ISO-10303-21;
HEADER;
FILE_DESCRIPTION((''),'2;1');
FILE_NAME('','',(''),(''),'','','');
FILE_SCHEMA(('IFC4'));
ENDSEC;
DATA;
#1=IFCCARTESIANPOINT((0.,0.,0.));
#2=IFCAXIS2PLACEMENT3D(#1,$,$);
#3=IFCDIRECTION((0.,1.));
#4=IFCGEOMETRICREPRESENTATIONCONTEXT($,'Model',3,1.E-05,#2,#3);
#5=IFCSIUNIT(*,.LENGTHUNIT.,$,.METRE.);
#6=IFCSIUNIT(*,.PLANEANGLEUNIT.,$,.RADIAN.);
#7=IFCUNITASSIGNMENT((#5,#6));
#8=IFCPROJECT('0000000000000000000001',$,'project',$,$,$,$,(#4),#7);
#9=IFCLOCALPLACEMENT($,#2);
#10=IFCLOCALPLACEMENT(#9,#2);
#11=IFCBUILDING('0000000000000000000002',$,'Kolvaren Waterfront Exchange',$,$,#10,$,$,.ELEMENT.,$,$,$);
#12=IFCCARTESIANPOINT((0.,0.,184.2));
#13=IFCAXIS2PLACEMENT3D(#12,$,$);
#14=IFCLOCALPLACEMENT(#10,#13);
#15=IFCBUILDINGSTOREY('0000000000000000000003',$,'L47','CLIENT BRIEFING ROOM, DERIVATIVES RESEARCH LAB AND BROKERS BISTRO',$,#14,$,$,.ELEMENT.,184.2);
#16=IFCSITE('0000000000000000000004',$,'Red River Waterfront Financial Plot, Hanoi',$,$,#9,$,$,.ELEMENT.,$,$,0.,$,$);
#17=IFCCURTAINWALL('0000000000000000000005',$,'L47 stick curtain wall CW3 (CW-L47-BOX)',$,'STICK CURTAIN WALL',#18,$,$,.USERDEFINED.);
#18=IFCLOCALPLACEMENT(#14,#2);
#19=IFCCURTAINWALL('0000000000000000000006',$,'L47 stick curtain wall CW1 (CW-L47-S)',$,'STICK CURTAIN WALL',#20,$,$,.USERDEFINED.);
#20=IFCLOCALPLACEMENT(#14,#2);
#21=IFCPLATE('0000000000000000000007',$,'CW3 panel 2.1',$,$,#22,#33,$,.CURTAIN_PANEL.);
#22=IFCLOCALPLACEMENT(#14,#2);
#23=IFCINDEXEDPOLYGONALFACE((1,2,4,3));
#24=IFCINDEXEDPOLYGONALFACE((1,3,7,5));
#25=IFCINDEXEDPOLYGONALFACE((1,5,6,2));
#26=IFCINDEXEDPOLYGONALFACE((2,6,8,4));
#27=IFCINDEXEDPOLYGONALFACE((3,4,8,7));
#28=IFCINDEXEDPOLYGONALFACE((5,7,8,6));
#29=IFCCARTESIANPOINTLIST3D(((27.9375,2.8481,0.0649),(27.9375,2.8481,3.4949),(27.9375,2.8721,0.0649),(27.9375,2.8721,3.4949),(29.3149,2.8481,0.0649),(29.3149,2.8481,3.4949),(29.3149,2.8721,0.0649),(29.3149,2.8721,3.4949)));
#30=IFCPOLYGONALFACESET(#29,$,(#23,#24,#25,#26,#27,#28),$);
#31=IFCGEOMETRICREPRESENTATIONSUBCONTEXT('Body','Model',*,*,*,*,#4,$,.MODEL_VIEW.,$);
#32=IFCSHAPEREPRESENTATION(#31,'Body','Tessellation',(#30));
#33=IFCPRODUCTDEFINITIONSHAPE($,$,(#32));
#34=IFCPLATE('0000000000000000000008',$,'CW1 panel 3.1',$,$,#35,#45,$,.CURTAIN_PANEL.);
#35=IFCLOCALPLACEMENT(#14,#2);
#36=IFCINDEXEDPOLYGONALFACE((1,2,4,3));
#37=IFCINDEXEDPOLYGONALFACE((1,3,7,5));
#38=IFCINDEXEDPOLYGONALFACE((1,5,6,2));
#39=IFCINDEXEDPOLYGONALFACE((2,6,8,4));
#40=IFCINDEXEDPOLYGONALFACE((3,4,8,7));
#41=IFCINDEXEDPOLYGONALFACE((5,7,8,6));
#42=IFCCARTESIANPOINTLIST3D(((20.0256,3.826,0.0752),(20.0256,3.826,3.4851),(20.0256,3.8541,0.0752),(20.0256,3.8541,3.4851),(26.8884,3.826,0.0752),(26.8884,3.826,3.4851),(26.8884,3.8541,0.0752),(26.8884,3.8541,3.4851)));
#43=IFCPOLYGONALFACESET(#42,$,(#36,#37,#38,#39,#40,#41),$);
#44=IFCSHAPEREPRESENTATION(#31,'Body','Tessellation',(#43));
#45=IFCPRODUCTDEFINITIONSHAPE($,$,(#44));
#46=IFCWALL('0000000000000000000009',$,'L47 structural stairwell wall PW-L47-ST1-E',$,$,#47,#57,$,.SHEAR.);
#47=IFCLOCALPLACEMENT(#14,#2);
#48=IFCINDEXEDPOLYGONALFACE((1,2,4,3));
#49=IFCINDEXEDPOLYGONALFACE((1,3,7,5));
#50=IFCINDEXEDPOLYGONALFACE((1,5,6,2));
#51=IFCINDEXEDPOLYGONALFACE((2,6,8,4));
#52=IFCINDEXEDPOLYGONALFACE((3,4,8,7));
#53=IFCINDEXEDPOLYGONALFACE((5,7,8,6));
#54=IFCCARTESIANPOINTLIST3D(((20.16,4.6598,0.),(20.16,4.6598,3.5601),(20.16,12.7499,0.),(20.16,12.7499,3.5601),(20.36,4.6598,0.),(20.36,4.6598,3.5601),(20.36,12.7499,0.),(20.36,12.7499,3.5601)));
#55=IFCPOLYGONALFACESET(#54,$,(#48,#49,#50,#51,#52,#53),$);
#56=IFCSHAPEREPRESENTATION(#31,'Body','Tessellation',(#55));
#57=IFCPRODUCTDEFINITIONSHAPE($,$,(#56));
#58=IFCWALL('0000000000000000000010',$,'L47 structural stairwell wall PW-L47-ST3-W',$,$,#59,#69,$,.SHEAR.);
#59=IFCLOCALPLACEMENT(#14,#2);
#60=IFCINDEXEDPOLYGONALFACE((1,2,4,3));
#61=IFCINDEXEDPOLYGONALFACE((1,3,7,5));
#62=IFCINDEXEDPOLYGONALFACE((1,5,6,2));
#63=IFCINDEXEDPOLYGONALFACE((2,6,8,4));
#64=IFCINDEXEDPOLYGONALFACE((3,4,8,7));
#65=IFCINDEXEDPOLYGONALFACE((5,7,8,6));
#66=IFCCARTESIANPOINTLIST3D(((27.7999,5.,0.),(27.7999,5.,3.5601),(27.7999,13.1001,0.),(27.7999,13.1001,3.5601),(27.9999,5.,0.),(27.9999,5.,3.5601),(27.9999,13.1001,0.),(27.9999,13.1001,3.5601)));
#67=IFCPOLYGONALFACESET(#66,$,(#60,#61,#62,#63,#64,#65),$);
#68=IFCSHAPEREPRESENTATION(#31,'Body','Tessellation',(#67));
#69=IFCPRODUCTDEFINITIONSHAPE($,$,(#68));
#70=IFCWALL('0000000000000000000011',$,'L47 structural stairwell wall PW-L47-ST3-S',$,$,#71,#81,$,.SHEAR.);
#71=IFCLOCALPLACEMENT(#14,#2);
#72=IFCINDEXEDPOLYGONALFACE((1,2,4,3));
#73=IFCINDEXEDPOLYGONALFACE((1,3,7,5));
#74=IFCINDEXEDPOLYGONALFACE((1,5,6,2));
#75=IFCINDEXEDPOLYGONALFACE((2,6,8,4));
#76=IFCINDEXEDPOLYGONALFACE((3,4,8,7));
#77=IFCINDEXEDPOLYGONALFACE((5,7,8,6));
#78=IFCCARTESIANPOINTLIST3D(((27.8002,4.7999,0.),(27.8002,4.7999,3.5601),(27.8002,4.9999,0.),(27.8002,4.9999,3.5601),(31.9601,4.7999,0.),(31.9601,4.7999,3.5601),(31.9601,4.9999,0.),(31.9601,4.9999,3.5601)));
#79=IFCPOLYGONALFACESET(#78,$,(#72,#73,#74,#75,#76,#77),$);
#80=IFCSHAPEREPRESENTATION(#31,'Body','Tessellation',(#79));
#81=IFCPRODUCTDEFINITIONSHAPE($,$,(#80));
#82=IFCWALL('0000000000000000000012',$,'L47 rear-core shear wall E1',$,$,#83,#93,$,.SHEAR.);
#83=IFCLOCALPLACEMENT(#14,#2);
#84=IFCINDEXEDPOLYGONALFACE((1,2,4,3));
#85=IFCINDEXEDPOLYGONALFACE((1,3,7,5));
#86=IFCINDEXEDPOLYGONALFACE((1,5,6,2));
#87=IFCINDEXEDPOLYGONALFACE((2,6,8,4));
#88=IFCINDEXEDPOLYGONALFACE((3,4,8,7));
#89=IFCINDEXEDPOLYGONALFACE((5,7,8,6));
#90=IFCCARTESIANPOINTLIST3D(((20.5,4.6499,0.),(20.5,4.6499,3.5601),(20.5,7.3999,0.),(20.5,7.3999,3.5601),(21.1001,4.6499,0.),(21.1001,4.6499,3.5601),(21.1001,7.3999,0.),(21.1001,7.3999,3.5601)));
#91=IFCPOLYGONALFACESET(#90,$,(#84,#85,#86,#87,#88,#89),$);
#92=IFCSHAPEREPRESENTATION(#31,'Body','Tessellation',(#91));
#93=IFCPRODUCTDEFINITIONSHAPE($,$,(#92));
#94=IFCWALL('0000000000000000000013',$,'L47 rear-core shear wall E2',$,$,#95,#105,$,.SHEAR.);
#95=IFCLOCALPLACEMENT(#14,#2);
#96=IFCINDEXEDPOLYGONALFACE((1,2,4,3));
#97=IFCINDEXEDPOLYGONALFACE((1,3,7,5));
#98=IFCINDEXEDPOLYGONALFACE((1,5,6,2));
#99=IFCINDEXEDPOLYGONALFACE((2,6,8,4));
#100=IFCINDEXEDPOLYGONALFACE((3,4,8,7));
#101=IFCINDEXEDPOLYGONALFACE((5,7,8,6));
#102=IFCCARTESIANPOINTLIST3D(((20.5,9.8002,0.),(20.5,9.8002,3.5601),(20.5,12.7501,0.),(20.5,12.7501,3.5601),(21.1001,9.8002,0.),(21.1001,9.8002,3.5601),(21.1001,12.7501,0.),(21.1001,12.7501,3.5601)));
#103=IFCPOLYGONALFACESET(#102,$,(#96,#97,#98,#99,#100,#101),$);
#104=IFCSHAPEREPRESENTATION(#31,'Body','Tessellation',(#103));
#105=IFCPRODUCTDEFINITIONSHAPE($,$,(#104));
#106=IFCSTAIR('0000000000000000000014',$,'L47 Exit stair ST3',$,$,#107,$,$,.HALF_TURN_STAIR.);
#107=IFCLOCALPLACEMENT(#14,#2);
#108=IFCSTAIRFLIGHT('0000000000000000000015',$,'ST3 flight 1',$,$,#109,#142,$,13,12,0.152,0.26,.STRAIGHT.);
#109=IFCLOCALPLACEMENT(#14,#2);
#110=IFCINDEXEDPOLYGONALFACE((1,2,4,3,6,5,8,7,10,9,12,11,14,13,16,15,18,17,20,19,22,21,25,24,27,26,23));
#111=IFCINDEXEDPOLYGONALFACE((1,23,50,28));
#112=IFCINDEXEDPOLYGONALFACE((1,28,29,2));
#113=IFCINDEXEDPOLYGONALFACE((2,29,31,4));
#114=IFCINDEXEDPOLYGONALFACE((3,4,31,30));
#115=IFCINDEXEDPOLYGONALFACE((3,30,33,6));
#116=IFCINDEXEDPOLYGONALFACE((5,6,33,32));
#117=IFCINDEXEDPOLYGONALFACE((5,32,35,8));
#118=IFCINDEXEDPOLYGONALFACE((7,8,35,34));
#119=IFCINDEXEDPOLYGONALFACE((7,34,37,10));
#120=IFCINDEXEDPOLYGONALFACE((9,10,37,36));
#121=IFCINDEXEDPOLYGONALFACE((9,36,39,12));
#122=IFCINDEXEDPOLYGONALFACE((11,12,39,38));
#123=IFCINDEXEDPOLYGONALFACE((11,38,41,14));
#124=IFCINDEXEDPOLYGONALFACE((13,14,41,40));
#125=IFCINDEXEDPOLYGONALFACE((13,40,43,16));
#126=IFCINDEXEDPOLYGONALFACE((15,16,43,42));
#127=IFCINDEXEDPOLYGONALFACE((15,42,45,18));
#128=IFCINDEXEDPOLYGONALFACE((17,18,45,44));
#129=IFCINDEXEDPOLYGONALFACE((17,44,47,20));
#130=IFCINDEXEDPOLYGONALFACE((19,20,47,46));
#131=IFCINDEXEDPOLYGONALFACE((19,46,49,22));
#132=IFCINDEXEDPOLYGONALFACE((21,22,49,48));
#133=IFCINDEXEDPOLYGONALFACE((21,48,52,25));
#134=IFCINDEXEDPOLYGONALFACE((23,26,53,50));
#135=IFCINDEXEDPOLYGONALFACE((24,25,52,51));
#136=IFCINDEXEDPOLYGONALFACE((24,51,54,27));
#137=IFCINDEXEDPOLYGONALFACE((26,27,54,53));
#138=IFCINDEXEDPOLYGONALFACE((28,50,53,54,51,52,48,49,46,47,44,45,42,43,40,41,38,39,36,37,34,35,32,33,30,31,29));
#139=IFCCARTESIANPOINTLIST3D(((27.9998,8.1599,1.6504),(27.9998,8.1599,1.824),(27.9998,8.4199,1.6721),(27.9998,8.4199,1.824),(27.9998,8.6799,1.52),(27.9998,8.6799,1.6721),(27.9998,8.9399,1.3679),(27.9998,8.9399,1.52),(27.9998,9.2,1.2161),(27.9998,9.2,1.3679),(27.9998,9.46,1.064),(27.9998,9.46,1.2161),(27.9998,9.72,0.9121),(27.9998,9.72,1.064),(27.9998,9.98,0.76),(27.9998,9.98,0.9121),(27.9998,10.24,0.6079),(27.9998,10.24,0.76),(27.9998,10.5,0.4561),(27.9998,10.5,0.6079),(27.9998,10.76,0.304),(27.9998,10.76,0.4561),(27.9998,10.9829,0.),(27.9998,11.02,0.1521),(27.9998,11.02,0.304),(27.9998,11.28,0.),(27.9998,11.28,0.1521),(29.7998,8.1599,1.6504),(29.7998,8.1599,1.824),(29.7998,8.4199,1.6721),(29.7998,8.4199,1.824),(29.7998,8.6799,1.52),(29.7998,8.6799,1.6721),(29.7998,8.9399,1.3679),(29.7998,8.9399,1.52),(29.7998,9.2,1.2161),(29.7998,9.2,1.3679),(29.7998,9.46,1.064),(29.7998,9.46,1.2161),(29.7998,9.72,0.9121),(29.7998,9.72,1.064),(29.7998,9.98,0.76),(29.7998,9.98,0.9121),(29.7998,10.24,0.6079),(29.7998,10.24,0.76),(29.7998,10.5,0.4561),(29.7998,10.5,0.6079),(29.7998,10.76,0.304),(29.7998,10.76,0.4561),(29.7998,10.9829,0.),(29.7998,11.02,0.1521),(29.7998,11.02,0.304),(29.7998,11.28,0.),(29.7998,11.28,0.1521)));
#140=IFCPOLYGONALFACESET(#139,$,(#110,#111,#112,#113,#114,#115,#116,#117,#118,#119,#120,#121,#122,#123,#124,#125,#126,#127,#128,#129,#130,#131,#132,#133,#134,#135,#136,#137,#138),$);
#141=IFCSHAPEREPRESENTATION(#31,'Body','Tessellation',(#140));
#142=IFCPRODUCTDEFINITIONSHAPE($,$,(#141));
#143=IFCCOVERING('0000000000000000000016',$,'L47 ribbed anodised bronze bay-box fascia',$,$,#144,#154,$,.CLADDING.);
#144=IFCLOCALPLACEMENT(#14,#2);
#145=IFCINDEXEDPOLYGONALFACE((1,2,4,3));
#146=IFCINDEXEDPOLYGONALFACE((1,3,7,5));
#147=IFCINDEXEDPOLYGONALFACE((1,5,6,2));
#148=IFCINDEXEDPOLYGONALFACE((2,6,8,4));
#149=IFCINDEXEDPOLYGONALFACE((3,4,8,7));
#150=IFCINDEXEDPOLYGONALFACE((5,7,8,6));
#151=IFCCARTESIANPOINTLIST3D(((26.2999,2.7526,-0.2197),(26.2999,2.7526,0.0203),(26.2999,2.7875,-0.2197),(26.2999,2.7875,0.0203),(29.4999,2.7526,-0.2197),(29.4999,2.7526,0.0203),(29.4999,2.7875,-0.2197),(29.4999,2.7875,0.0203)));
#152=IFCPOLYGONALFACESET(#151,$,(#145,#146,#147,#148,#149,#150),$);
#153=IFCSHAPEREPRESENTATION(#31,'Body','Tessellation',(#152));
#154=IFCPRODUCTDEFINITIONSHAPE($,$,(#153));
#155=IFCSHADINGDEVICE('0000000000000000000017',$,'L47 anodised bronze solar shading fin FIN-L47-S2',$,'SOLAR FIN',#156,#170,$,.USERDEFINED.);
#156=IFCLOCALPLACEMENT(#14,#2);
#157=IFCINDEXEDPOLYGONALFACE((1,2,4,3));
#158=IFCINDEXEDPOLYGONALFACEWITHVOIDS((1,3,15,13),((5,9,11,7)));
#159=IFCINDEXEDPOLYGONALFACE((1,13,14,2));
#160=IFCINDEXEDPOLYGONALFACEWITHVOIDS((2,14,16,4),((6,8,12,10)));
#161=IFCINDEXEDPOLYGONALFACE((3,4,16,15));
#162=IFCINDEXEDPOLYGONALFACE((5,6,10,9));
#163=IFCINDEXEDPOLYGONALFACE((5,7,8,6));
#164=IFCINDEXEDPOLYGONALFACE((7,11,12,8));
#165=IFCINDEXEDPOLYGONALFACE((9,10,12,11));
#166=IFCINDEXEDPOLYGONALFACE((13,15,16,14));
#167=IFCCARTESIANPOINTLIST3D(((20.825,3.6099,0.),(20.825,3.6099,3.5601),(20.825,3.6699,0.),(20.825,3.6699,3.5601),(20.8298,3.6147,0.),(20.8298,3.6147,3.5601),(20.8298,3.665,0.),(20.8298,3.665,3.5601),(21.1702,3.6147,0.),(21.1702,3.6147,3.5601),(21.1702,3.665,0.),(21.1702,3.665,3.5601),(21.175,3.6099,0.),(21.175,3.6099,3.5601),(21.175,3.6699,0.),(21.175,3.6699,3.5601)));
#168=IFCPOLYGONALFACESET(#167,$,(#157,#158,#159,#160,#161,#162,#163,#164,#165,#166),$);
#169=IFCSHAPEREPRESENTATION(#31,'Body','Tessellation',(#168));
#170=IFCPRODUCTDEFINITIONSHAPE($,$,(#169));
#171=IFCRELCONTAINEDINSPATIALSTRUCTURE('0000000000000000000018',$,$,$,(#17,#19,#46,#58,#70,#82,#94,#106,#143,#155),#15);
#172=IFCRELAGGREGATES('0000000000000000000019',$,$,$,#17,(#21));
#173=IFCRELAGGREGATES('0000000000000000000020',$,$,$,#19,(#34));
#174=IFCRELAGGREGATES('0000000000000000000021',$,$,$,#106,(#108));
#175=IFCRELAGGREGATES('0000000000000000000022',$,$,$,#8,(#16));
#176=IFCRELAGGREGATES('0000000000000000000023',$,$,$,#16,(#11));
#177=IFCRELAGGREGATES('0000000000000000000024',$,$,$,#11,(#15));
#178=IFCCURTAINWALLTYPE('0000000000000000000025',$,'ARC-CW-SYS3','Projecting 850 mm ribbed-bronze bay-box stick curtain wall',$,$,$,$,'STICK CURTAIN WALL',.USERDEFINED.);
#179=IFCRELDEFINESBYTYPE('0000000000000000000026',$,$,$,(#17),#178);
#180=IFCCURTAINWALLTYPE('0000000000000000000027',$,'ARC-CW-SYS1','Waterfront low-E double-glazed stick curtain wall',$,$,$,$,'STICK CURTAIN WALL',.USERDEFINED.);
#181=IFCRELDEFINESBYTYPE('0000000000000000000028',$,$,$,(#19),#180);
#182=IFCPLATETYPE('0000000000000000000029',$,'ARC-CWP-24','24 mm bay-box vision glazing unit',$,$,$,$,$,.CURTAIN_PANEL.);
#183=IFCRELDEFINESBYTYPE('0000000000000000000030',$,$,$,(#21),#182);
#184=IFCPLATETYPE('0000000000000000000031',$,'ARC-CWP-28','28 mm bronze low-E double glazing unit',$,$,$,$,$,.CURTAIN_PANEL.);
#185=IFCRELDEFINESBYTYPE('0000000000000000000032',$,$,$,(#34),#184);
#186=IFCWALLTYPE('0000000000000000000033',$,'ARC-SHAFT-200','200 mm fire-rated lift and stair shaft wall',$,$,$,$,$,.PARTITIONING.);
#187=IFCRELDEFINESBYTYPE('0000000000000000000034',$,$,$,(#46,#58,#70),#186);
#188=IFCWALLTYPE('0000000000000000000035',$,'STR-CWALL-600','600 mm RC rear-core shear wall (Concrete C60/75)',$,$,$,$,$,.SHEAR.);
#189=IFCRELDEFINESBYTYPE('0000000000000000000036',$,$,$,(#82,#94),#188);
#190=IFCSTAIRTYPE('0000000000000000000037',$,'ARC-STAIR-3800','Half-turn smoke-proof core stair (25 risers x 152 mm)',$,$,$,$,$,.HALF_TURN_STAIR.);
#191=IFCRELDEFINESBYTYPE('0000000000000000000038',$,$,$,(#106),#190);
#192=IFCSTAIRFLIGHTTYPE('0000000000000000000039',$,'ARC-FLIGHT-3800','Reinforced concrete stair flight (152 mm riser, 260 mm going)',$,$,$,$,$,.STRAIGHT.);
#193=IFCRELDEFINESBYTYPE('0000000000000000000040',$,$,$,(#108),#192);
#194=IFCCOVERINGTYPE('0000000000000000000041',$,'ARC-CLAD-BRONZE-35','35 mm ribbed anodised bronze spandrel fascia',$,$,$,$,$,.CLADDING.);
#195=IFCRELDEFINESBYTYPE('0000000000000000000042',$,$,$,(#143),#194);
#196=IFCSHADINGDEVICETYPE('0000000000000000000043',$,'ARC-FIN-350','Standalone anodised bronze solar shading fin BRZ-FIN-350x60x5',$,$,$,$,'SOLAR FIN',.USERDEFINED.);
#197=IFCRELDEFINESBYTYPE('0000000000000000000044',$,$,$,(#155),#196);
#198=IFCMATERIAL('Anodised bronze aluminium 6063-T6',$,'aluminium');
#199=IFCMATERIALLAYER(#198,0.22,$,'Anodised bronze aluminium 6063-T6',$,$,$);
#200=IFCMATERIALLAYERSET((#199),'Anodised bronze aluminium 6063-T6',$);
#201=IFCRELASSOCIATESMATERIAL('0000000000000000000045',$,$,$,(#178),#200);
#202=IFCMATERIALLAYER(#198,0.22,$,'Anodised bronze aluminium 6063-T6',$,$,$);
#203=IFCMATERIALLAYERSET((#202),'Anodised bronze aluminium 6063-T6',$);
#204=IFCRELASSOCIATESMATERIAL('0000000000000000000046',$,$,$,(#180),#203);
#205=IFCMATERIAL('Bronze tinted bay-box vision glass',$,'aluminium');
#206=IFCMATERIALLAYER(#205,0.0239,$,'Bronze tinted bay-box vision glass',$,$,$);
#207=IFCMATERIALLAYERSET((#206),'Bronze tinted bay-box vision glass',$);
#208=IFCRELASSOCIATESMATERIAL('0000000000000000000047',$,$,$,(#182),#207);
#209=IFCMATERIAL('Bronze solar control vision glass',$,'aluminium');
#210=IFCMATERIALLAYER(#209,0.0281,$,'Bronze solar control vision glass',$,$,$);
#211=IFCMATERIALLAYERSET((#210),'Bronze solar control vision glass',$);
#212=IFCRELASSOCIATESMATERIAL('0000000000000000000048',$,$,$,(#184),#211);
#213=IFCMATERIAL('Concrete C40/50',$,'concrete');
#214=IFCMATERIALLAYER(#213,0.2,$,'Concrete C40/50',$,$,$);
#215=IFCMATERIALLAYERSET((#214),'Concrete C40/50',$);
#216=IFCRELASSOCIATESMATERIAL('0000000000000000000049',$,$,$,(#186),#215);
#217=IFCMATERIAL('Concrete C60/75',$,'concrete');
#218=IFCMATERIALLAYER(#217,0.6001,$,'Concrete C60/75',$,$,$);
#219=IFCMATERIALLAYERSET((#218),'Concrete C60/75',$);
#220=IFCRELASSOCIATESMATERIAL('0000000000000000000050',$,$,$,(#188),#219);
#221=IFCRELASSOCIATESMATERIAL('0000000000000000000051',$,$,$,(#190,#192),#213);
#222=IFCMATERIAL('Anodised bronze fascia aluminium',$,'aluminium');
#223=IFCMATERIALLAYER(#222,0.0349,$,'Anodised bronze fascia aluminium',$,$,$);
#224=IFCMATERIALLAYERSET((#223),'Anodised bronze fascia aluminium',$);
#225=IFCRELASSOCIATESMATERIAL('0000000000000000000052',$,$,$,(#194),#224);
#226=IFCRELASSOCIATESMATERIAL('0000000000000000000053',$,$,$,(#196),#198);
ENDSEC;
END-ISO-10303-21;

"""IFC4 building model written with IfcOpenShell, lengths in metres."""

from ifc_helpers import new_model, si_unit, direction, frame, frame_2d, origin, origin_with_axes, origin_2d, place, context, subcontext, project, spatial, polyline, rectangle, hollow_rectangle, outline, extrude, source, transform, mapped, material, layer, layer_set, material_profile, profile_set, type_object, element, aggregate, save


model = new_model("IFC4")

# Units and contexts
model_context = context("Model", 3, precision=1e-05, world=origin(), true_north=direction((0.0, 1.0)))
body_context = subcontext(model_context, "Body", "Model", "MODEL_VIEW")
ifc_project = project(units=[si_unit("LENGTHUNIT", "METRE"), si_unit("PLANEANGLEUNIT", "RADIAN")], contexts=[model_context])

# Site, building, storey
site_placement = place(None, origin())
site = spatial("IfcSite", under=ifc_project, at=site_placement, Name="Red River Waterfront Financial Plot, Hanoi", CompositionType="ELEMENT", RefElevation=0.0)
building_placement = place(site_placement, origin())
building = spatial("IfcBuilding", under=site, at=building_placement, Name="Kolvaren Waterfront Exchange", CompositionType="ELEMENT")
storey_placement = place(building_placement, frame((0.0, 0.0, 184.2)))
storey = spatial("IfcBuildingStorey", under=building, at=storey_placement, Name="L47", Description="CLIENT BRIEFING ROOM, DERIVATIVES RESEARCH LAB AND BROKERS BISTRO", CompositionType="ELEMENT", Elevation=184.2)

# Shared definitions
ifc_material_1 = material(Name="Concrete C60/75", Category="concrete")

# Curtain wall
ifc_material_2 = material(Name="Anodised bronze aluminium 6063-T6", Category="aluminium")
ifc_layer_1 = layer(ifc_material_2, 0.22, Name="Anodised bronze aluminium 6063-T6")
ifc_layer_set_1 = layer_set([ifc_layer_1], Name="Anodised bronze aluminium 6063-T6")
curtain_wall_type_1 = type_object("IfcCurtainWallType", Name="ARC-CW-SYS3", Description="Projecting 850 mm ribbed-bronze bay-box stick curtain wall", ElementType="STICK CURTAIN WALL", PredefinedType="USERDEFINED", material=ifc_layer_set_1)
curtain_wall_1_placement = place(storey_placement, origin())
curtain_wall_1 = element("IfcCurtainWall", 1, at=curtain_wall_1_placement, inside=storey, type_object=curtain_wall_type_1, Name="L47 stick curtain wall CW3 (CW-L47-BOX)", ObjectType="STICK CURTAIN WALL", PredefinedType="USERDEFINED")

# Curtain wall
ifc_layer_2 = layer(ifc_material_2, 0.22, Name="Anodised bronze aluminium 6063-T6")
ifc_layer_set_2 = layer_set([ifc_layer_2], Name="Anodised bronze aluminium 6063-T6")
curtain_wall_type_2 = type_object("IfcCurtainWallType", Name="ARC-CW-SYS1", Description="Waterfront low-E double-glazed stick curtain wall", ElementType="STICK CURTAIN WALL", PredefinedType="USERDEFINED", material=ifc_layer_set_2)
curtain_wall_2_placement = place(storey_placement, origin())
curtain_wall_2 = element("IfcCurtainWall", 2, at=curtain_wall_2_placement, inside=storey, type_object=curtain_wall_type_2, Name="L47 stick curtain wall CW1 (CW-L47-S)", ObjectType="STICK CURTAIN WALL", PredefinedType="USERDEFINED")

# Plates
ifc_material_3 = material(Name="Bronze tinted bay-box vision glass", Category="aluminium")
ifc_layer_3 = layer(ifc_material_3, 0.0239, Name="Bronze tinted bay-box vision glass")
ifc_layer_set_3 = layer_set([ifc_layer_3], Name="Bronze tinted bay-box vision glass")
plate_type_1 = type_object("IfcPlateType", Name="ARC-CWP-24", Description="24 mm bay-box vision glazing unit", PredefinedType="CURTAIN_PANEL", material=ifc_layer_set_3)
shared_shape_1 = source(origin_with_axes(), body_context, "Body", "SweptSolid", [
    extrude(rectangle(XDim=1.3774, YDim=0.0239, at=origin_2d()), origin(), (0.0, 0.0, 1.0), 3.4299),
])
plate_1_placement = place(storey_placement, frame((28.6262, 2.8601, 0.0649), z_axis=(0.0, 0.0, 1.0), x_axis=(1.0, 0.0, 0.0)))
plate_1 = element("IfcPlate", 3, at=plate_1_placement, type_object=plate_type_1, Name="CW3 panel 2.1", PredefinedType="CURTAIN_PANEL", context=body_context, shape_type="MappedRepresentation", body=[
    mapped(shared_shape_1, transform((0.0, 0.0, 0.0), x_axis=(1.0, 0.0, 0.0), y_axis=(0.0, 1.0, 0.0), z_axis=(0.0, 0.0, 1.0), scale=1.0)),
])
aggregate(curtain_wall_1, [plate_1])
ifc_material_4 = material(Name="Bronze solar control vision glass", Category="aluminium")
ifc_layer_4 = layer(ifc_material_4, 0.0281, Name="Bronze solar control vision glass")
ifc_layer_set_4 = layer_set([ifc_layer_4], Name="Bronze solar control vision glass")
plate_type_2 = type_object("IfcPlateType", Name="ARC-CWP-28", Description="28 mm bronze low-E double glazing unit", PredefinedType="CURTAIN_PANEL", material=ifc_layer_set_4)
shared_shape_2 = source(origin_with_axes(), body_context, "Body", "SweptSolid", [
    extrude(rectangle(XDim=6.8628, YDim=0.0281, at=origin_2d()), origin(), (0.0, 0.0, 1.0), 3.4099),
])
plate_2_placement = place(storey_placement, frame((23.457, 3.8401, 0.0752), z_axis=(0.0, 0.0, 1.0), x_axis=(1.0, 0.0, 0.0)))
plate_2 = element("IfcPlate", 4, at=plate_2_placement, type_object=plate_type_2, Name="CW1 panel 3.1", PredefinedType="CURTAIN_PANEL", context=body_context, shape_type="MappedRepresentation", body=[
    mapped(shared_shape_2, transform((0.0, 0.0, 0.0), x_axis=(1.0, 0.0, 0.0), y_axis=(0.0, 1.0, 0.0), z_axis=(0.0, 0.0, 1.0), scale=1.0)),
])
aggregate(curtain_wall_2, [plate_2])

# Walls
ifc_material_5 = material(Name="Concrete C40/50", Category="concrete")
ifc_layer_5 = layer(ifc_material_5, 0.2, Name="Concrete C40/50")
ifc_layer_set_5 = layer_set([ifc_layer_5], Name="Concrete C40/50")
wall_type_1 = type_object("IfcWallType", Name="ARC-SHAFT-200", Description="200 mm fire-rated lift and stair shaft wall", PredefinedType="PARTITIONING", material=ifc_layer_set_5)
wall_1_placement = place(storey_placement, frame((20.26, 4.6599, 0.0), z_axis=(0.0, 0.0, 1.0), x_axis=(0.0, 1.0, 0.0)))
element("IfcWall", 5, at=wall_1_placement, inside=storey, type_object=wall_type_1, Name="L47 structural stairwell wall PW-L47-ST1-E", PredefinedType="SHEAR", context=body_context, shape_type="SweptSolid", body=[
    extrude(rectangle(XDim=8.0901, YDim=0.2, at=frame_2d((4.0449, 0.0))), origin(), (0.0, 0.0, 1.0), 3.5601),
])
wall_2_placement = place(storey_placement, frame((27.8999, 5.0, 0.0), z_axis=(0.0, 0.0, 1.0), x_axis=(0.0, 1.0, 0.0)))
element("IfcWall", 6, at=wall_2_placement, inside=storey, type_object=wall_type_1, Name="L47 structural stairwell wall PW-L47-ST3-W", PredefinedType="SHEAR", context=body_context, shape_type="SweptSolid", body=[
    extrude(rectangle(XDim=8.1001, YDim=0.2, at=frame_2d((4.05, 0.0))), origin(), (0.0, 0.0, 1.0), 3.5601),
])
wall_3_placement = place(storey_placement, frame((27.8, 4.8999, 0.0), z_axis=(0.0, 0.0, 1.0), x_axis=(1.0, 0.0, 0.0)))
element("IfcWall", 7, at=wall_3_placement, inside=storey, type_object=wall_type_1, Name="L47 structural stairwell wall PW-L47-ST3-S", PredefinedType="SHEAR", context=body_context, shape_type="SweptSolid", body=[
    extrude(rectangle(XDim=4.1599, YDim=0.2, at=frame_2d((2.0801, 0.0))), origin(), (0.0, 0.0, 1.0), 3.5601),
])
ifc_layer_6 = layer(ifc_material_1, 0.6001, Name="Concrete C60/75")
ifc_layer_set_6 = layer_set([ifc_layer_6], Name="Concrete C60/75")
wall_type_2 = type_object("IfcWallType", Name="STR-CWALL-600", Description="600 mm RC rear-core shear wall (Concrete C60/75)", PredefinedType="SHEAR", material=ifc_layer_set_6)
wall_4_placement = place(storey_placement, frame((20.8, 4.6499, 0.0), z_axis=(0.0, 0.0, 1.0), x_axis=(0.0, 1.0, 0.0)))
element("IfcWall", 8, at=wall_4_placement, inside=storey, type_object=wall_type_2, Name="L47 rear-core shear wall E1", PredefinedType="SHEAR", context=body_context, shape_type="SweptSolid", body=[
    extrude(rectangle(XDim=2.75, YDim=0.6001, at=frame_2d((1.375, 0.0))), origin(), (0.0, 0.0, 1.0), 3.5601),
])
wall_5_placement = place(storey_placement, frame((20.8, 9.8, 0.0), z_axis=(0.0, 0.0, 1.0), x_axis=(0.0, 1.0, 0.0)))
element("IfcWall", 9, at=wall_5_placement, inside=storey, type_object=wall_type_2, Name="L47 rear-core shear wall E2", PredefinedType="SHEAR", context=body_context, shape_type="SweptSolid", body=[
    extrude(rectangle(XDim=2.95, YDim=0.6001, at=frame_2d((1.4751, 0.0))), origin(), (0.0, 0.0, 1.0), 3.5601),
])

# Stair, stair flight
stair_type = type_object("IfcStairType", Name="ARC-STAIR-3800", Description="Half-turn smoke-proof core stair (25 risers x 152 mm)", PredefinedType="HALF_TURN_STAIR", material=ifc_material_5)
stair_placement = place(storey_placement, origin())
stair = element("IfcStair", 10, at=stair_placement, inside=storey, type_object=stair_type, Name="L47 Exit stair ST3", PredefinedType="HALF_TURN_STAIR")
stair_flight_type = type_object("IfcStairFlightType", Name="ARC-FLIGHT-3800", Description="Reinforced concrete stair flight (152 mm riser, 260 mm going)", PredefinedType="STRAIGHT", material=ifc_material_5)
stair_flight_placement = place(storey_placement, frame((28.8999, 11.28, 0.0), z_axis=(0.0, 0.0, 1.0), x_axis=(0.0, -1.0, 0.0)))
stair_flight = element("IfcStairFlight", 11, at=stair_flight_placement, type_object=stair_flight_type, Name="ST3 flight 1", NumberOfRisers=13, NumberOfTreads=12, PredefinedType="STRAIGHT", RiserHeight=0.152, TreadLength=0.26, context=body_context, shape_type="SweptSolid", body=[
    extrude(outline(polyline([(0.0, 0.0), (0.0, 0.1521), (0.26, 0.1521), (0.26, 0.304), (0.52, 0.304), (0.52, 0.4561), (0.78, 0.4561), (0.78, 0.6079), (1.04, 0.6079), (1.04, 0.76), (1.3, 0.76), (1.3, 0.9121), (1.5601, 0.9121), (1.5601, 1.064), (1.8201, 1.064), (1.8201, 1.2161), (2.0801, 1.2161), (2.0801, 1.3679), (2.3401, 1.3679), (2.3401, 1.52), (2.6001, 1.52), (2.6001, 1.6721), (2.8601, 1.6721), (2.8601, 1.824), (3.1201, 1.824), (3.1201, 1.9761), (3.1201, 1.6504), (0.2971, 0.0), (0.0, 0.0)])), frame((0.0, 0.8999, 0.0), z_axis=(0.0, -1.0, 0.0), x_axis=(1.0, 0.0, 0.0)), (0.0, 0.0, 1.0), 1.8),
])
aggregate(stair, [stair_flight])

# Covering
ifc_material_6 = material(Name="Anodised bronze fascia aluminium", Category="aluminium")
ifc_layer_7 = layer(ifc_material_6, 0.0349, Name="Anodised bronze fascia aluminium")
ifc_layer_set_7 = layer_set([ifc_layer_7], Name="Anodised bronze fascia aluminium")
covering_type = type_object("IfcCoveringType", Name="ARC-CLAD-BRONZE-35", Description="35 mm ribbed anodised bronze spandrel fascia", PredefinedType="CLADDING", material=ifc_layer_set_7)
covering_placement = place(storey_placement, frame((27.8999, 2.77, -0.2197), z_axis=(0.0, 0.0, 1.0), x_axis=(1.0, 0.0, 0.0)))
element("IfcCovering", 12, at=covering_placement, inside=storey, type_object=covering_type, Name="L47 ribbed anodised bronze bay-box fascia", PredefinedType="CLADDING", context=body_context, shape_type="SweptSolid", body=[
    extrude(rectangle(XDim=3.2, YDim=0.0349, at=origin_2d()), origin(), (0.0, 0.0, 1.0), 0.24),
])

# Shading device
ifc_material_profile_1 = material_profile(ifc_material_2, hollow_rectangle(XDim=0.0601, YDim=0.3501, WallThickness=0.0049, at=origin_2d()), Name="BRZ-FIN-350x60x5")
ifc_profile_set_1 = profile_set([ifc_material_profile_1], Name="Anodised bronze aluminium 6063-T6")
shading_device_type = type_object("IfcShadingDeviceType", Name="ARC-FIN-350", Description="Standalone anodised bronze solar shading fin BRZ-FIN-350x60x5", ElementType="SOLAR FIN", PredefinedType="USERDEFINED", material=ifc_profile_set_1)
shading_device_placement = place(storey_placement, frame((21.0, 3.6399, 0.0), z_axis=(0.0, 0.0, 1.0), x_axis=(0.0, -1.0, 0.0)))
element("IfcShadingDevice", 13, at=shading_device_placement, inside=storey, type_object=shading_device_type, Name="L47 anodised bronze solar shading fin FIN-L47-S2", ObjectType="SOLAR FIN", PredefinedType="USERDEFINED", context=body_context, shape_type="SweptSolid", body=[
    extrude(hollow_rectangle(XDim=0.0601, YDim=0.3501, WallThickness=0.0049, at=origin_2d()), origin(), (0.0, 0.0, 1.0), 3.5601),
])

save(model, "model.ifc")
